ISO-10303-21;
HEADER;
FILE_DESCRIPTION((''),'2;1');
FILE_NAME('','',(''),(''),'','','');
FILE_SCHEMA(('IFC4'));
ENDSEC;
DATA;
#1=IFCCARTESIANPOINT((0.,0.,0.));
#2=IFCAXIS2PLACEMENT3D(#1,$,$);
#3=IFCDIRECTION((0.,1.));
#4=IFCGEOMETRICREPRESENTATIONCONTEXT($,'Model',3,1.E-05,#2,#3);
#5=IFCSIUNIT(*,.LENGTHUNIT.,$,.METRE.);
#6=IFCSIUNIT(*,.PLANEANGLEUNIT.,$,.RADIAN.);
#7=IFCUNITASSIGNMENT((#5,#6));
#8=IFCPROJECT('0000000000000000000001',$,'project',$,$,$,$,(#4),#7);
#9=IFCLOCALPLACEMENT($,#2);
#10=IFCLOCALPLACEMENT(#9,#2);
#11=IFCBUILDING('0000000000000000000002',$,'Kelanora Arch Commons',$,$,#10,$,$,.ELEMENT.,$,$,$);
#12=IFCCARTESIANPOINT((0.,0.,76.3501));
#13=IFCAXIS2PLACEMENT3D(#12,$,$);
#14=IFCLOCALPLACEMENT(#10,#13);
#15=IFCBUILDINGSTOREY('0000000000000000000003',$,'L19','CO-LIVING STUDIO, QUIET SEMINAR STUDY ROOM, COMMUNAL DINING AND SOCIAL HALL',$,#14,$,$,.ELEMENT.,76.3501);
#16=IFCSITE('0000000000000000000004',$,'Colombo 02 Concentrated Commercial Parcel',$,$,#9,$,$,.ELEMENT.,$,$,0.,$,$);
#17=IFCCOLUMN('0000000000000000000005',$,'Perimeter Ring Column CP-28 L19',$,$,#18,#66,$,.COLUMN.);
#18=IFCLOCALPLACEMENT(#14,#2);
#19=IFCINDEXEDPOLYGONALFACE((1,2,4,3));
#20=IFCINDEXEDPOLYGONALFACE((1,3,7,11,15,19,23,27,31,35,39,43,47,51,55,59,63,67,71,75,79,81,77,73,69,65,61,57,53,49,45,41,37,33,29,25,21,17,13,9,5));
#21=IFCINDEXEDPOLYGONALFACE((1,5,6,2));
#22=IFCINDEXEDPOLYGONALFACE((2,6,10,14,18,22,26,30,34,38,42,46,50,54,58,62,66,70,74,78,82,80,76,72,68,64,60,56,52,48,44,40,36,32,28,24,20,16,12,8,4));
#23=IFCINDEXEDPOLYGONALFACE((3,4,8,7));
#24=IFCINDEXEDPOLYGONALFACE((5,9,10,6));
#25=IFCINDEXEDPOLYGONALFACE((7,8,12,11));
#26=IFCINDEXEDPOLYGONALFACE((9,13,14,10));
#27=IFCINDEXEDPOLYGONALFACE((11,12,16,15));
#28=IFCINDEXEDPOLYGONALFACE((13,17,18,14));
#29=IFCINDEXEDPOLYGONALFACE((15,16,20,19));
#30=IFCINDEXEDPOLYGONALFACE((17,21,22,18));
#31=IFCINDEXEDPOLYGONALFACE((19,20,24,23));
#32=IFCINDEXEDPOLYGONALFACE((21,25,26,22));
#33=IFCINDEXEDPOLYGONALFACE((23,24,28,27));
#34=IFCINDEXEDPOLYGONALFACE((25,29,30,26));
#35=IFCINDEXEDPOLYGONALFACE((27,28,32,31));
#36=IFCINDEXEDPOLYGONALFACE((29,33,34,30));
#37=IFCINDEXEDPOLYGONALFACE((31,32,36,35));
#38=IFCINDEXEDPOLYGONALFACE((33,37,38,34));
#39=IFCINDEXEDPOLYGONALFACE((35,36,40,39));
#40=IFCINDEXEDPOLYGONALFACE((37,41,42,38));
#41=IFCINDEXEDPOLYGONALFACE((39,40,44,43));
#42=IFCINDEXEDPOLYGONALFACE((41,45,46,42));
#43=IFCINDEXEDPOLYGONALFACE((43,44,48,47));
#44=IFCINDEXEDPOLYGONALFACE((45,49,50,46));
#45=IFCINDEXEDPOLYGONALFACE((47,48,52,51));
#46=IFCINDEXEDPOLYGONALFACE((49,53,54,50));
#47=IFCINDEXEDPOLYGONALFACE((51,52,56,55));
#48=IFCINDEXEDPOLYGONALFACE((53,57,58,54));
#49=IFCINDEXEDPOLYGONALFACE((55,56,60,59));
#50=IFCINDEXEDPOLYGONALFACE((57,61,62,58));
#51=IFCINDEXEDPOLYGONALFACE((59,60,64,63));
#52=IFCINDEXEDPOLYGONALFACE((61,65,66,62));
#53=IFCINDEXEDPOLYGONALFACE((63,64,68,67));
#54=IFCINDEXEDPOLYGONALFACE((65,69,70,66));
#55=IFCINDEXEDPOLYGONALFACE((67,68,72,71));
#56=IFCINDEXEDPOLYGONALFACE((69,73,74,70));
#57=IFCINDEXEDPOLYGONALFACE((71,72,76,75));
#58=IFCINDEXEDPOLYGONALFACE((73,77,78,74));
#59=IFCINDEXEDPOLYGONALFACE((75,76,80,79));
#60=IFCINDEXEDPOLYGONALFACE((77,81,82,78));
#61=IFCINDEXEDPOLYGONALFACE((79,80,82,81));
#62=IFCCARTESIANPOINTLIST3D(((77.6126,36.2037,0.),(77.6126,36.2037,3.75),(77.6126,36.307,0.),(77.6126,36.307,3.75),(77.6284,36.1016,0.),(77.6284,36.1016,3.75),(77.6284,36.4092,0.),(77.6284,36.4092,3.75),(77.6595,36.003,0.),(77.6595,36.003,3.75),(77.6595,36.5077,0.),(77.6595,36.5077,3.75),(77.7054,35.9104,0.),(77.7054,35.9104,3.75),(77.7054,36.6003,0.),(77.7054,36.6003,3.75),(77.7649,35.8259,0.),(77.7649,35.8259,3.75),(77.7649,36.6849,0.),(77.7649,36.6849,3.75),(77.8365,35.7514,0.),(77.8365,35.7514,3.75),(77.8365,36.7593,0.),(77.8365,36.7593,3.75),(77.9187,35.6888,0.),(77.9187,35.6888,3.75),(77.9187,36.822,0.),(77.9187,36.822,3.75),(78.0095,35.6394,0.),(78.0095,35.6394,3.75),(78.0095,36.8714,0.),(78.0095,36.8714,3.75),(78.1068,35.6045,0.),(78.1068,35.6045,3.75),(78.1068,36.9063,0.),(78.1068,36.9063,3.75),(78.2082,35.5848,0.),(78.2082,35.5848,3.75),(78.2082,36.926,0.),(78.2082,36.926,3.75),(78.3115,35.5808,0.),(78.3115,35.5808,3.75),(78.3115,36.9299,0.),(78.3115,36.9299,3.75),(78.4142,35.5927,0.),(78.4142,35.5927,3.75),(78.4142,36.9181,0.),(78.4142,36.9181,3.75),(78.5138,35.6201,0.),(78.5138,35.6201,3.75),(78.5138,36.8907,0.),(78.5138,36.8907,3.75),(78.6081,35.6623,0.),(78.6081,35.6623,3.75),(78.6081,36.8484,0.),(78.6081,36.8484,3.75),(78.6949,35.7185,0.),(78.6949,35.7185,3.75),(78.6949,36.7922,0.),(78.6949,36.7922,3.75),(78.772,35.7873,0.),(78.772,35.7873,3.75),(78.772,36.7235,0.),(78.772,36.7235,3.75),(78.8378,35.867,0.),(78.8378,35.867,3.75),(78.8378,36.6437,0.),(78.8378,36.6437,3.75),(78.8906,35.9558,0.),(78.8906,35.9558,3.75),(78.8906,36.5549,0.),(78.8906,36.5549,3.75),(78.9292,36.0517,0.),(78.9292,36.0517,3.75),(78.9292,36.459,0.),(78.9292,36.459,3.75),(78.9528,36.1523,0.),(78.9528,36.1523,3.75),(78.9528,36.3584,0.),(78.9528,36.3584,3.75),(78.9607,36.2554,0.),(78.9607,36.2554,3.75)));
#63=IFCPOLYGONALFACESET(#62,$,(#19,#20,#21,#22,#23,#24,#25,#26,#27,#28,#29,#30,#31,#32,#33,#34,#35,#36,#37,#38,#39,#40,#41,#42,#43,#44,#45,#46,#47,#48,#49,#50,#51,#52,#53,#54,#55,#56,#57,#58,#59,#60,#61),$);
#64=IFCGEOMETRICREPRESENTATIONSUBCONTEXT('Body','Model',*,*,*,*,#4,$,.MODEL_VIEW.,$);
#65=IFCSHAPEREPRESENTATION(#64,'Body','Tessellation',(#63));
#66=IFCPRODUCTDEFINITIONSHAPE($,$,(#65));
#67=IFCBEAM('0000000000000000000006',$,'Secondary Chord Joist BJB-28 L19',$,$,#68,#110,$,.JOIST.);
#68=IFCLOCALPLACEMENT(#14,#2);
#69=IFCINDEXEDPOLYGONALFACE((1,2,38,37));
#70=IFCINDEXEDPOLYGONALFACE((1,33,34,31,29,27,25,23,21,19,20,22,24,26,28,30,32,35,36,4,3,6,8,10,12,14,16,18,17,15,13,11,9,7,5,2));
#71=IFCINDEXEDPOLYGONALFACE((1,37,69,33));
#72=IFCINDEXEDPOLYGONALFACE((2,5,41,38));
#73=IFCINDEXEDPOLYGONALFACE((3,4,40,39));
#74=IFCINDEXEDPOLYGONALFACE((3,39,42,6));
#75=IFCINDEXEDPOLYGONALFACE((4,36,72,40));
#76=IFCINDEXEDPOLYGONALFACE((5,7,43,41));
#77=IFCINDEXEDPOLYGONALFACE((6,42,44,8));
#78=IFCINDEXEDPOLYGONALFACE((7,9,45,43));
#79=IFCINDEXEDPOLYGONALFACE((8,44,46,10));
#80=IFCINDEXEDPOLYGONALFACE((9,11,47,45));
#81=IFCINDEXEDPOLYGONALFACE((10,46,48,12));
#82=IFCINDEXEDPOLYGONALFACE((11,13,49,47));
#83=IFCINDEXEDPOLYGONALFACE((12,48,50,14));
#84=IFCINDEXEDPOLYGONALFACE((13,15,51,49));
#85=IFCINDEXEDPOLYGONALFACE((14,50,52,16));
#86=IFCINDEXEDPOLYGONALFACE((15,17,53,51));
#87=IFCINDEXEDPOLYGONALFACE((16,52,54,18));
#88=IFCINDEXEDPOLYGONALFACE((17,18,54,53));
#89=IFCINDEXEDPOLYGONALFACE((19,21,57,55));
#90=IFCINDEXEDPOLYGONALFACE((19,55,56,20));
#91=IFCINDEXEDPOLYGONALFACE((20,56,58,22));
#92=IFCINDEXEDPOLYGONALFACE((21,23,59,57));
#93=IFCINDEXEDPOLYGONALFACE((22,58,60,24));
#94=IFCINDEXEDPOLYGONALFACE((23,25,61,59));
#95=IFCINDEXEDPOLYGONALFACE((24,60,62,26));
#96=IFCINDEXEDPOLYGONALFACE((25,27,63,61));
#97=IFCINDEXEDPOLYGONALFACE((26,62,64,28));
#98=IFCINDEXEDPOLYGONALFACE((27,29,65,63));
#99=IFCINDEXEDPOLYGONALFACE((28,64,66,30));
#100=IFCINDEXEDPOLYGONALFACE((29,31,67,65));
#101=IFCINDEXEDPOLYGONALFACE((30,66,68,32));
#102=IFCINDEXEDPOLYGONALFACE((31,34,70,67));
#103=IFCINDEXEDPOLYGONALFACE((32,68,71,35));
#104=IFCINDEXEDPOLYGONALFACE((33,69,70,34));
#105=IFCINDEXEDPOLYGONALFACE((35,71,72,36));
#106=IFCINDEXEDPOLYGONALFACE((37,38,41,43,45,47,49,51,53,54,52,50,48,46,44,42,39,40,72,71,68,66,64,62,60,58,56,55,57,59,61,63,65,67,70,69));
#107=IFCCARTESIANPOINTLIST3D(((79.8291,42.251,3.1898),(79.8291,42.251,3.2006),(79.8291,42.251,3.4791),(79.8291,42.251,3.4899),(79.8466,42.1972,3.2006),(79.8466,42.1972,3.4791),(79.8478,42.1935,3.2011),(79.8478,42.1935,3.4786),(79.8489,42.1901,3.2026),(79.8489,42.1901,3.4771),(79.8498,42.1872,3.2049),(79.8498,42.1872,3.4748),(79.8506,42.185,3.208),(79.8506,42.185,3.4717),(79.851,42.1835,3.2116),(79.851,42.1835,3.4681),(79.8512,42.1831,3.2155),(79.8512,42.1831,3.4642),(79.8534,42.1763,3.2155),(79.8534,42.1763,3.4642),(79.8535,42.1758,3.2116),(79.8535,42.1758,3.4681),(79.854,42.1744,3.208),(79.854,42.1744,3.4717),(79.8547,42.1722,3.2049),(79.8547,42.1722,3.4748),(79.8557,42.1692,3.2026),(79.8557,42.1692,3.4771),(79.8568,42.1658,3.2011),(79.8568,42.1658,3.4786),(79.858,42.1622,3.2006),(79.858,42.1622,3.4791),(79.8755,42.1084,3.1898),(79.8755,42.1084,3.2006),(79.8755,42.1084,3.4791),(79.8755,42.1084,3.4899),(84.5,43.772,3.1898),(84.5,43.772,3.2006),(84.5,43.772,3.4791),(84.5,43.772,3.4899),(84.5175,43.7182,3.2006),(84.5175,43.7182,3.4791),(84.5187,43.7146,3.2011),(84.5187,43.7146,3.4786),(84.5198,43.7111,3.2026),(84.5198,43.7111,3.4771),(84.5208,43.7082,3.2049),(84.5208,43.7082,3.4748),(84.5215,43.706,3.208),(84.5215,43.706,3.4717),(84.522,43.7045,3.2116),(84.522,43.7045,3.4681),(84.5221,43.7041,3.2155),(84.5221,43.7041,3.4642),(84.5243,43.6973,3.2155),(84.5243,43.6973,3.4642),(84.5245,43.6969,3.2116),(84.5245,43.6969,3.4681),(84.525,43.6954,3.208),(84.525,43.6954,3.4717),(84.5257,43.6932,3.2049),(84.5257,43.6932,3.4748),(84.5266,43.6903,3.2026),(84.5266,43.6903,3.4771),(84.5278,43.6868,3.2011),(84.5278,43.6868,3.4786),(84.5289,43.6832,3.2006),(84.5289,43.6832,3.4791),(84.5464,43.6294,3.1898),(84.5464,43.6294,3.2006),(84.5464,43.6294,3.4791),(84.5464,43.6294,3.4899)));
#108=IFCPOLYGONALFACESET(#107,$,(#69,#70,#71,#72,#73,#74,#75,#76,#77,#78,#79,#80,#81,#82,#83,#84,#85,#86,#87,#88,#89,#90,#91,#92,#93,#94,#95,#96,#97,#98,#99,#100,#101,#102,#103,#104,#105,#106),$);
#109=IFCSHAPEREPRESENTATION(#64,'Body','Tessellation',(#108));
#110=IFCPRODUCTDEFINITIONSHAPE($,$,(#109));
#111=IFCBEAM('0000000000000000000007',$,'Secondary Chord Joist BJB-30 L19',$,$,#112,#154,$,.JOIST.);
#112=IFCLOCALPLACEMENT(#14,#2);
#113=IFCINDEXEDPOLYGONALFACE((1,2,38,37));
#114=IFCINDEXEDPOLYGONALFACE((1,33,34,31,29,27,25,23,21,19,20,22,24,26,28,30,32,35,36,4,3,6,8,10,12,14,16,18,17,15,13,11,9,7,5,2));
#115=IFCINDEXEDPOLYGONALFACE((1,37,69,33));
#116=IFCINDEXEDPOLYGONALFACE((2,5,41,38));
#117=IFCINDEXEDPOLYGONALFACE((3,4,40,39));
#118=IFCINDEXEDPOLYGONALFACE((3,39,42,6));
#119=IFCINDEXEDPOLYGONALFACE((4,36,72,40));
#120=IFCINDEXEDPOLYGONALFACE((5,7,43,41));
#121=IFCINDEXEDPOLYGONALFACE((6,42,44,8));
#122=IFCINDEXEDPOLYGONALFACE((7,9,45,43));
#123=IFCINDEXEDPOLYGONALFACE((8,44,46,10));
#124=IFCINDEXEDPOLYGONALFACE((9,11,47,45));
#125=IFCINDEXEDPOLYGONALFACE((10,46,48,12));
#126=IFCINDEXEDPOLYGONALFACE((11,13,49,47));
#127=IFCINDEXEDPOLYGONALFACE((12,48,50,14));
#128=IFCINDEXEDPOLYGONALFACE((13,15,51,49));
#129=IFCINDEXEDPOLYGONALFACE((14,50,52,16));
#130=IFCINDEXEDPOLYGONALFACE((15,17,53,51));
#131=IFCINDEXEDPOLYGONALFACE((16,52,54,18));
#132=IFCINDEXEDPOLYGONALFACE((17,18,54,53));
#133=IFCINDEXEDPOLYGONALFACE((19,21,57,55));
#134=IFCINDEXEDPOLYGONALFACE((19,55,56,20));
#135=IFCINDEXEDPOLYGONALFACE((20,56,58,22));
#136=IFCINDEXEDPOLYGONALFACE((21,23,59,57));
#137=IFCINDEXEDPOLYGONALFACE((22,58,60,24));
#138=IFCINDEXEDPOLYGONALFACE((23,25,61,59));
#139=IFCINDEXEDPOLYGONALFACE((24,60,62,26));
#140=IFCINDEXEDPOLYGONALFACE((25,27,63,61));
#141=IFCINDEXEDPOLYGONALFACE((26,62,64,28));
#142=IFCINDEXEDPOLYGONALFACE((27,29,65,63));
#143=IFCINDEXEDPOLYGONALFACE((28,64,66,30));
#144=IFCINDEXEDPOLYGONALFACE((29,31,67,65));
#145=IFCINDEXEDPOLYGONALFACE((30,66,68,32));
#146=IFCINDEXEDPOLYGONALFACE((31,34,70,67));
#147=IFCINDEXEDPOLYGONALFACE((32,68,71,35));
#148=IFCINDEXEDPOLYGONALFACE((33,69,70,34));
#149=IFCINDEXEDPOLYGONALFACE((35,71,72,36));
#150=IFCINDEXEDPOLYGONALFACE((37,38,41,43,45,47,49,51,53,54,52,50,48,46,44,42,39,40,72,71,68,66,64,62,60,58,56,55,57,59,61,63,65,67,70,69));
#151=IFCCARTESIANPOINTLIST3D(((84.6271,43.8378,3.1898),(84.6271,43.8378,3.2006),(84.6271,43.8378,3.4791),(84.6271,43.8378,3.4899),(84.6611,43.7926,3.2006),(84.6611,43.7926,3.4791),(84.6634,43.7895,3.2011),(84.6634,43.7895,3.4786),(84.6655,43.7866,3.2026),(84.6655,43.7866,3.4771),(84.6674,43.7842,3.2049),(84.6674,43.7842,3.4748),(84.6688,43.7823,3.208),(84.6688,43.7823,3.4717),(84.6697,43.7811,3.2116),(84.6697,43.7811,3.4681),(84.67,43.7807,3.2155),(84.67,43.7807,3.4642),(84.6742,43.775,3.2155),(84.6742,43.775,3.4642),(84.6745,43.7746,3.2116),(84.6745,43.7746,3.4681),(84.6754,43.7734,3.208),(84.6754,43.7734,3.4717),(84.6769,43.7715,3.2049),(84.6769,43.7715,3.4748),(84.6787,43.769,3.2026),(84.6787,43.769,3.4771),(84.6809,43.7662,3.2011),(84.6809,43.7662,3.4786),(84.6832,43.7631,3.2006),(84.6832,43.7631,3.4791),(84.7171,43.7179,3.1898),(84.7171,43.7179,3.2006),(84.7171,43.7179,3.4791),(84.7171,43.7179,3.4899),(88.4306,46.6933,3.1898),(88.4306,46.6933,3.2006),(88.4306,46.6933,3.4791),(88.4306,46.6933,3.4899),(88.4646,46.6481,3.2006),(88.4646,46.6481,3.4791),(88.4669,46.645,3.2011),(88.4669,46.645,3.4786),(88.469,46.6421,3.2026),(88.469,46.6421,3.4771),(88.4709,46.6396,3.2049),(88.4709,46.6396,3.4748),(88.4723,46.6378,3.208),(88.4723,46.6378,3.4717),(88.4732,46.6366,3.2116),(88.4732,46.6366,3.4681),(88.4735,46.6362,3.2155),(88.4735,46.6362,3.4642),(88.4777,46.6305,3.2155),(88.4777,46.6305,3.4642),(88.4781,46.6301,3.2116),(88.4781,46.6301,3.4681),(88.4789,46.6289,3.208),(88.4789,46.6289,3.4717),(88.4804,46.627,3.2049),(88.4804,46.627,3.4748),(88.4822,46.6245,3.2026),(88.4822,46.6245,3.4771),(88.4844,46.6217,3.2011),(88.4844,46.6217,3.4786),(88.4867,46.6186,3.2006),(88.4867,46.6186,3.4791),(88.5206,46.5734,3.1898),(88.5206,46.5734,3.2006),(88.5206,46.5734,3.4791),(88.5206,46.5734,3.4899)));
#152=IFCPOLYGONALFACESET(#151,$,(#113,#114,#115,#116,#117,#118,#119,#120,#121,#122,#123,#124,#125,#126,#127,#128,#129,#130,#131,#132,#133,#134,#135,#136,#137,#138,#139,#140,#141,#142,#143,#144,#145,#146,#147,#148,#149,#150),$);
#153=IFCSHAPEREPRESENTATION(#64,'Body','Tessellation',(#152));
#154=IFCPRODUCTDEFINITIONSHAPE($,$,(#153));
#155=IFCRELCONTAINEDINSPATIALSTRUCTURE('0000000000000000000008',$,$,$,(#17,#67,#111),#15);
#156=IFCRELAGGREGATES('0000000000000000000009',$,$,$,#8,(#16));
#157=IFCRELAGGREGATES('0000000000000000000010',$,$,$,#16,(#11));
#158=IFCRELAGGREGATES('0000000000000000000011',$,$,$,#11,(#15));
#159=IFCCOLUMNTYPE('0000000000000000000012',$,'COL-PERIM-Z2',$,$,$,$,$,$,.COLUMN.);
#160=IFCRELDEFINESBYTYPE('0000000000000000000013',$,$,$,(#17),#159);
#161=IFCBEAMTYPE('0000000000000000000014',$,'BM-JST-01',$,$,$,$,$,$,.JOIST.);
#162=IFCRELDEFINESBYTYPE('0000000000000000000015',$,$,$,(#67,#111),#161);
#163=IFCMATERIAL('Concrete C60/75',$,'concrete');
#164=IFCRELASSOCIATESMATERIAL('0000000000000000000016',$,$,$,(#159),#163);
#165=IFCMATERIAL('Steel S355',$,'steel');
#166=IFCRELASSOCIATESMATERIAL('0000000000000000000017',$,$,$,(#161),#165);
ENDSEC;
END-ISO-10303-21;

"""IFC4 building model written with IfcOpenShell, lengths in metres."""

from ifc_helpers import new_model, si_unit, direction, frame, origin, origin_2d, place, context, subcontext, project, spatial, circle, i_section, extrude, material, material_profile, profile_set, type_object, element, save


model = new_model("IFC4")

# Units and contexts
model_context = context("Model", 3, precision=1e-05, world=origin(), true_north=direction((0.0, 1.0)))
body_context = subcontext(model_context, "Body", "Model", "MODEL_VIEW")
ifc_project = project(units=[si_unit("LENGTHUNIT", "METRE"), si_unit("PLANEANGLEUNIT", "RADIAN")], contexts=[model_context])

# Site, building, storey
site_placement = place(None, origin())
site = spatial("IfcSite", under=ifc_project, at=site_placement, Name="Colombo 02 Concentrated Commercial Parcel", CompositionType="ELEMENT", RefElevation=0.0)
building_placement = place(site_placement, origin())
building = spatial("IfcBuilding", under=site, at=building_placement, Name="Kelanora Arch Commons", CompositionType="ELEMENT")
storey_placement = place(building_placement, frame((0.0, 0.0, 76.3501)))
storey = spatial("IfcBuildingStorey", under=building, at=storey_placement, Name="L19", Description="CO-LIVING STUDIO, QUIET SEMINAR STUDY ROOM, COMMUNAL DINING AND SOCIAL HALL", CompositionType="ELEMENT", Elevation=76.3501)

# Column
ifc_material_1 = material(Name="Concrete C60/75", Category="concrete")
ifc_material_profile_1 = material_profile(ifc_material_1, circle(Radius=0.675, at=origin_2d()), Name="RCC1350")
ifc_profile_set_1 = profile_set([ifc_material_profile_1], Name="Concrete C60/75")
column_type = type_object("IfcColumnType", Name="COL-PERIM-Z2", PredefinedType="COLUMN", material=ifc_profile_set_1)
column_placement = place(storey_placement, frame((78.2856, 36.2554, 0.0), z_axis=(0.0, 0.0, 1.0), x_axis=(1.0, 0.0, 0.0)))
element("IfcColumn", 1, at=column_placement, inside=storey, type_object=column_type, Name="Perimeter Ring Column CP-28 L19", PredefinedType="COLUMN", context=body_context, shape_type="SweptSolid", body=[
    extrude(circle(Radius=0.675, at=origin_2d()), origin(), (0.0, 0.0, 1.0), 3.75),
])

# Beams
ifc_material_2 = material(Name="Steel S355", Category="steel")
ifc_material_profile_2 = material_profile(ifc_material_2, i_section(OverallWidth=0.1499, OverallDepth=0.3, WebThickness=0.0071, FlangeThickness=0.0107, FilletRadius=0.0149, at=origin_2d()), Name="IPE300")
ifc_profile_set_2 = profile_set([ifc_material_profile_2], Name="Steel S355")
beam_type_1 = type_object("IfcBeamType", Name="BM-JST-01", PredefinedType="JOIST", material=ifc_profile_set_2)
beam_1_placement = place(storey_placement, frame((79.8523, 42.1797, 3.3398), z_axis=(0.950857, 0.30963, 0.0), x_axis=(-0.30963, 0.950857, 0.0)))
element("IfcBeam", 2, at=beam_1_placement, inside=storey, type_object=beam_type_1, Name="Secondary Chord Joist BJB-28 L19", PredefinedType="JOIST", context=body_context, shape_type="SweptSolid", body=[
    extrude(i_section(OverallWidth=0.1499, OverallDepth=0.3, WebThickness=0.0071, FlangeThickness=0.0107, FilletRadius=0.0149, at=origin_2d()), origin(), (0.0, 0.0, 1.0), 4.9124),
])
beam_2_placement = place(storey_placement, frame((84.6721, 43.7778, 3.3398), z_axis=(0.79971, 0.600386, 0.0), x_axis=(-0.600386, 0.79971, 0.0)))
element("IfcBeam", 3, at=beam_2_placement, inside=storey, type_object=beam_type_1, Name="Secondary Chord Joist BJB-30 L19", PredefinedType="JOIST", context=body_context, shape_type="SweptSolid", body=[
    extrude(i_section(OverallWidth=0.1499, OverallDepth=0.3, WebThickness=0.0071, FlangeThickness=0.0107, FilletRadius=0.0149, at=origin_2d()), origin(), (0.0, 0.0, 1.0), 4.7561),
])

save(model, "model.ifc")
